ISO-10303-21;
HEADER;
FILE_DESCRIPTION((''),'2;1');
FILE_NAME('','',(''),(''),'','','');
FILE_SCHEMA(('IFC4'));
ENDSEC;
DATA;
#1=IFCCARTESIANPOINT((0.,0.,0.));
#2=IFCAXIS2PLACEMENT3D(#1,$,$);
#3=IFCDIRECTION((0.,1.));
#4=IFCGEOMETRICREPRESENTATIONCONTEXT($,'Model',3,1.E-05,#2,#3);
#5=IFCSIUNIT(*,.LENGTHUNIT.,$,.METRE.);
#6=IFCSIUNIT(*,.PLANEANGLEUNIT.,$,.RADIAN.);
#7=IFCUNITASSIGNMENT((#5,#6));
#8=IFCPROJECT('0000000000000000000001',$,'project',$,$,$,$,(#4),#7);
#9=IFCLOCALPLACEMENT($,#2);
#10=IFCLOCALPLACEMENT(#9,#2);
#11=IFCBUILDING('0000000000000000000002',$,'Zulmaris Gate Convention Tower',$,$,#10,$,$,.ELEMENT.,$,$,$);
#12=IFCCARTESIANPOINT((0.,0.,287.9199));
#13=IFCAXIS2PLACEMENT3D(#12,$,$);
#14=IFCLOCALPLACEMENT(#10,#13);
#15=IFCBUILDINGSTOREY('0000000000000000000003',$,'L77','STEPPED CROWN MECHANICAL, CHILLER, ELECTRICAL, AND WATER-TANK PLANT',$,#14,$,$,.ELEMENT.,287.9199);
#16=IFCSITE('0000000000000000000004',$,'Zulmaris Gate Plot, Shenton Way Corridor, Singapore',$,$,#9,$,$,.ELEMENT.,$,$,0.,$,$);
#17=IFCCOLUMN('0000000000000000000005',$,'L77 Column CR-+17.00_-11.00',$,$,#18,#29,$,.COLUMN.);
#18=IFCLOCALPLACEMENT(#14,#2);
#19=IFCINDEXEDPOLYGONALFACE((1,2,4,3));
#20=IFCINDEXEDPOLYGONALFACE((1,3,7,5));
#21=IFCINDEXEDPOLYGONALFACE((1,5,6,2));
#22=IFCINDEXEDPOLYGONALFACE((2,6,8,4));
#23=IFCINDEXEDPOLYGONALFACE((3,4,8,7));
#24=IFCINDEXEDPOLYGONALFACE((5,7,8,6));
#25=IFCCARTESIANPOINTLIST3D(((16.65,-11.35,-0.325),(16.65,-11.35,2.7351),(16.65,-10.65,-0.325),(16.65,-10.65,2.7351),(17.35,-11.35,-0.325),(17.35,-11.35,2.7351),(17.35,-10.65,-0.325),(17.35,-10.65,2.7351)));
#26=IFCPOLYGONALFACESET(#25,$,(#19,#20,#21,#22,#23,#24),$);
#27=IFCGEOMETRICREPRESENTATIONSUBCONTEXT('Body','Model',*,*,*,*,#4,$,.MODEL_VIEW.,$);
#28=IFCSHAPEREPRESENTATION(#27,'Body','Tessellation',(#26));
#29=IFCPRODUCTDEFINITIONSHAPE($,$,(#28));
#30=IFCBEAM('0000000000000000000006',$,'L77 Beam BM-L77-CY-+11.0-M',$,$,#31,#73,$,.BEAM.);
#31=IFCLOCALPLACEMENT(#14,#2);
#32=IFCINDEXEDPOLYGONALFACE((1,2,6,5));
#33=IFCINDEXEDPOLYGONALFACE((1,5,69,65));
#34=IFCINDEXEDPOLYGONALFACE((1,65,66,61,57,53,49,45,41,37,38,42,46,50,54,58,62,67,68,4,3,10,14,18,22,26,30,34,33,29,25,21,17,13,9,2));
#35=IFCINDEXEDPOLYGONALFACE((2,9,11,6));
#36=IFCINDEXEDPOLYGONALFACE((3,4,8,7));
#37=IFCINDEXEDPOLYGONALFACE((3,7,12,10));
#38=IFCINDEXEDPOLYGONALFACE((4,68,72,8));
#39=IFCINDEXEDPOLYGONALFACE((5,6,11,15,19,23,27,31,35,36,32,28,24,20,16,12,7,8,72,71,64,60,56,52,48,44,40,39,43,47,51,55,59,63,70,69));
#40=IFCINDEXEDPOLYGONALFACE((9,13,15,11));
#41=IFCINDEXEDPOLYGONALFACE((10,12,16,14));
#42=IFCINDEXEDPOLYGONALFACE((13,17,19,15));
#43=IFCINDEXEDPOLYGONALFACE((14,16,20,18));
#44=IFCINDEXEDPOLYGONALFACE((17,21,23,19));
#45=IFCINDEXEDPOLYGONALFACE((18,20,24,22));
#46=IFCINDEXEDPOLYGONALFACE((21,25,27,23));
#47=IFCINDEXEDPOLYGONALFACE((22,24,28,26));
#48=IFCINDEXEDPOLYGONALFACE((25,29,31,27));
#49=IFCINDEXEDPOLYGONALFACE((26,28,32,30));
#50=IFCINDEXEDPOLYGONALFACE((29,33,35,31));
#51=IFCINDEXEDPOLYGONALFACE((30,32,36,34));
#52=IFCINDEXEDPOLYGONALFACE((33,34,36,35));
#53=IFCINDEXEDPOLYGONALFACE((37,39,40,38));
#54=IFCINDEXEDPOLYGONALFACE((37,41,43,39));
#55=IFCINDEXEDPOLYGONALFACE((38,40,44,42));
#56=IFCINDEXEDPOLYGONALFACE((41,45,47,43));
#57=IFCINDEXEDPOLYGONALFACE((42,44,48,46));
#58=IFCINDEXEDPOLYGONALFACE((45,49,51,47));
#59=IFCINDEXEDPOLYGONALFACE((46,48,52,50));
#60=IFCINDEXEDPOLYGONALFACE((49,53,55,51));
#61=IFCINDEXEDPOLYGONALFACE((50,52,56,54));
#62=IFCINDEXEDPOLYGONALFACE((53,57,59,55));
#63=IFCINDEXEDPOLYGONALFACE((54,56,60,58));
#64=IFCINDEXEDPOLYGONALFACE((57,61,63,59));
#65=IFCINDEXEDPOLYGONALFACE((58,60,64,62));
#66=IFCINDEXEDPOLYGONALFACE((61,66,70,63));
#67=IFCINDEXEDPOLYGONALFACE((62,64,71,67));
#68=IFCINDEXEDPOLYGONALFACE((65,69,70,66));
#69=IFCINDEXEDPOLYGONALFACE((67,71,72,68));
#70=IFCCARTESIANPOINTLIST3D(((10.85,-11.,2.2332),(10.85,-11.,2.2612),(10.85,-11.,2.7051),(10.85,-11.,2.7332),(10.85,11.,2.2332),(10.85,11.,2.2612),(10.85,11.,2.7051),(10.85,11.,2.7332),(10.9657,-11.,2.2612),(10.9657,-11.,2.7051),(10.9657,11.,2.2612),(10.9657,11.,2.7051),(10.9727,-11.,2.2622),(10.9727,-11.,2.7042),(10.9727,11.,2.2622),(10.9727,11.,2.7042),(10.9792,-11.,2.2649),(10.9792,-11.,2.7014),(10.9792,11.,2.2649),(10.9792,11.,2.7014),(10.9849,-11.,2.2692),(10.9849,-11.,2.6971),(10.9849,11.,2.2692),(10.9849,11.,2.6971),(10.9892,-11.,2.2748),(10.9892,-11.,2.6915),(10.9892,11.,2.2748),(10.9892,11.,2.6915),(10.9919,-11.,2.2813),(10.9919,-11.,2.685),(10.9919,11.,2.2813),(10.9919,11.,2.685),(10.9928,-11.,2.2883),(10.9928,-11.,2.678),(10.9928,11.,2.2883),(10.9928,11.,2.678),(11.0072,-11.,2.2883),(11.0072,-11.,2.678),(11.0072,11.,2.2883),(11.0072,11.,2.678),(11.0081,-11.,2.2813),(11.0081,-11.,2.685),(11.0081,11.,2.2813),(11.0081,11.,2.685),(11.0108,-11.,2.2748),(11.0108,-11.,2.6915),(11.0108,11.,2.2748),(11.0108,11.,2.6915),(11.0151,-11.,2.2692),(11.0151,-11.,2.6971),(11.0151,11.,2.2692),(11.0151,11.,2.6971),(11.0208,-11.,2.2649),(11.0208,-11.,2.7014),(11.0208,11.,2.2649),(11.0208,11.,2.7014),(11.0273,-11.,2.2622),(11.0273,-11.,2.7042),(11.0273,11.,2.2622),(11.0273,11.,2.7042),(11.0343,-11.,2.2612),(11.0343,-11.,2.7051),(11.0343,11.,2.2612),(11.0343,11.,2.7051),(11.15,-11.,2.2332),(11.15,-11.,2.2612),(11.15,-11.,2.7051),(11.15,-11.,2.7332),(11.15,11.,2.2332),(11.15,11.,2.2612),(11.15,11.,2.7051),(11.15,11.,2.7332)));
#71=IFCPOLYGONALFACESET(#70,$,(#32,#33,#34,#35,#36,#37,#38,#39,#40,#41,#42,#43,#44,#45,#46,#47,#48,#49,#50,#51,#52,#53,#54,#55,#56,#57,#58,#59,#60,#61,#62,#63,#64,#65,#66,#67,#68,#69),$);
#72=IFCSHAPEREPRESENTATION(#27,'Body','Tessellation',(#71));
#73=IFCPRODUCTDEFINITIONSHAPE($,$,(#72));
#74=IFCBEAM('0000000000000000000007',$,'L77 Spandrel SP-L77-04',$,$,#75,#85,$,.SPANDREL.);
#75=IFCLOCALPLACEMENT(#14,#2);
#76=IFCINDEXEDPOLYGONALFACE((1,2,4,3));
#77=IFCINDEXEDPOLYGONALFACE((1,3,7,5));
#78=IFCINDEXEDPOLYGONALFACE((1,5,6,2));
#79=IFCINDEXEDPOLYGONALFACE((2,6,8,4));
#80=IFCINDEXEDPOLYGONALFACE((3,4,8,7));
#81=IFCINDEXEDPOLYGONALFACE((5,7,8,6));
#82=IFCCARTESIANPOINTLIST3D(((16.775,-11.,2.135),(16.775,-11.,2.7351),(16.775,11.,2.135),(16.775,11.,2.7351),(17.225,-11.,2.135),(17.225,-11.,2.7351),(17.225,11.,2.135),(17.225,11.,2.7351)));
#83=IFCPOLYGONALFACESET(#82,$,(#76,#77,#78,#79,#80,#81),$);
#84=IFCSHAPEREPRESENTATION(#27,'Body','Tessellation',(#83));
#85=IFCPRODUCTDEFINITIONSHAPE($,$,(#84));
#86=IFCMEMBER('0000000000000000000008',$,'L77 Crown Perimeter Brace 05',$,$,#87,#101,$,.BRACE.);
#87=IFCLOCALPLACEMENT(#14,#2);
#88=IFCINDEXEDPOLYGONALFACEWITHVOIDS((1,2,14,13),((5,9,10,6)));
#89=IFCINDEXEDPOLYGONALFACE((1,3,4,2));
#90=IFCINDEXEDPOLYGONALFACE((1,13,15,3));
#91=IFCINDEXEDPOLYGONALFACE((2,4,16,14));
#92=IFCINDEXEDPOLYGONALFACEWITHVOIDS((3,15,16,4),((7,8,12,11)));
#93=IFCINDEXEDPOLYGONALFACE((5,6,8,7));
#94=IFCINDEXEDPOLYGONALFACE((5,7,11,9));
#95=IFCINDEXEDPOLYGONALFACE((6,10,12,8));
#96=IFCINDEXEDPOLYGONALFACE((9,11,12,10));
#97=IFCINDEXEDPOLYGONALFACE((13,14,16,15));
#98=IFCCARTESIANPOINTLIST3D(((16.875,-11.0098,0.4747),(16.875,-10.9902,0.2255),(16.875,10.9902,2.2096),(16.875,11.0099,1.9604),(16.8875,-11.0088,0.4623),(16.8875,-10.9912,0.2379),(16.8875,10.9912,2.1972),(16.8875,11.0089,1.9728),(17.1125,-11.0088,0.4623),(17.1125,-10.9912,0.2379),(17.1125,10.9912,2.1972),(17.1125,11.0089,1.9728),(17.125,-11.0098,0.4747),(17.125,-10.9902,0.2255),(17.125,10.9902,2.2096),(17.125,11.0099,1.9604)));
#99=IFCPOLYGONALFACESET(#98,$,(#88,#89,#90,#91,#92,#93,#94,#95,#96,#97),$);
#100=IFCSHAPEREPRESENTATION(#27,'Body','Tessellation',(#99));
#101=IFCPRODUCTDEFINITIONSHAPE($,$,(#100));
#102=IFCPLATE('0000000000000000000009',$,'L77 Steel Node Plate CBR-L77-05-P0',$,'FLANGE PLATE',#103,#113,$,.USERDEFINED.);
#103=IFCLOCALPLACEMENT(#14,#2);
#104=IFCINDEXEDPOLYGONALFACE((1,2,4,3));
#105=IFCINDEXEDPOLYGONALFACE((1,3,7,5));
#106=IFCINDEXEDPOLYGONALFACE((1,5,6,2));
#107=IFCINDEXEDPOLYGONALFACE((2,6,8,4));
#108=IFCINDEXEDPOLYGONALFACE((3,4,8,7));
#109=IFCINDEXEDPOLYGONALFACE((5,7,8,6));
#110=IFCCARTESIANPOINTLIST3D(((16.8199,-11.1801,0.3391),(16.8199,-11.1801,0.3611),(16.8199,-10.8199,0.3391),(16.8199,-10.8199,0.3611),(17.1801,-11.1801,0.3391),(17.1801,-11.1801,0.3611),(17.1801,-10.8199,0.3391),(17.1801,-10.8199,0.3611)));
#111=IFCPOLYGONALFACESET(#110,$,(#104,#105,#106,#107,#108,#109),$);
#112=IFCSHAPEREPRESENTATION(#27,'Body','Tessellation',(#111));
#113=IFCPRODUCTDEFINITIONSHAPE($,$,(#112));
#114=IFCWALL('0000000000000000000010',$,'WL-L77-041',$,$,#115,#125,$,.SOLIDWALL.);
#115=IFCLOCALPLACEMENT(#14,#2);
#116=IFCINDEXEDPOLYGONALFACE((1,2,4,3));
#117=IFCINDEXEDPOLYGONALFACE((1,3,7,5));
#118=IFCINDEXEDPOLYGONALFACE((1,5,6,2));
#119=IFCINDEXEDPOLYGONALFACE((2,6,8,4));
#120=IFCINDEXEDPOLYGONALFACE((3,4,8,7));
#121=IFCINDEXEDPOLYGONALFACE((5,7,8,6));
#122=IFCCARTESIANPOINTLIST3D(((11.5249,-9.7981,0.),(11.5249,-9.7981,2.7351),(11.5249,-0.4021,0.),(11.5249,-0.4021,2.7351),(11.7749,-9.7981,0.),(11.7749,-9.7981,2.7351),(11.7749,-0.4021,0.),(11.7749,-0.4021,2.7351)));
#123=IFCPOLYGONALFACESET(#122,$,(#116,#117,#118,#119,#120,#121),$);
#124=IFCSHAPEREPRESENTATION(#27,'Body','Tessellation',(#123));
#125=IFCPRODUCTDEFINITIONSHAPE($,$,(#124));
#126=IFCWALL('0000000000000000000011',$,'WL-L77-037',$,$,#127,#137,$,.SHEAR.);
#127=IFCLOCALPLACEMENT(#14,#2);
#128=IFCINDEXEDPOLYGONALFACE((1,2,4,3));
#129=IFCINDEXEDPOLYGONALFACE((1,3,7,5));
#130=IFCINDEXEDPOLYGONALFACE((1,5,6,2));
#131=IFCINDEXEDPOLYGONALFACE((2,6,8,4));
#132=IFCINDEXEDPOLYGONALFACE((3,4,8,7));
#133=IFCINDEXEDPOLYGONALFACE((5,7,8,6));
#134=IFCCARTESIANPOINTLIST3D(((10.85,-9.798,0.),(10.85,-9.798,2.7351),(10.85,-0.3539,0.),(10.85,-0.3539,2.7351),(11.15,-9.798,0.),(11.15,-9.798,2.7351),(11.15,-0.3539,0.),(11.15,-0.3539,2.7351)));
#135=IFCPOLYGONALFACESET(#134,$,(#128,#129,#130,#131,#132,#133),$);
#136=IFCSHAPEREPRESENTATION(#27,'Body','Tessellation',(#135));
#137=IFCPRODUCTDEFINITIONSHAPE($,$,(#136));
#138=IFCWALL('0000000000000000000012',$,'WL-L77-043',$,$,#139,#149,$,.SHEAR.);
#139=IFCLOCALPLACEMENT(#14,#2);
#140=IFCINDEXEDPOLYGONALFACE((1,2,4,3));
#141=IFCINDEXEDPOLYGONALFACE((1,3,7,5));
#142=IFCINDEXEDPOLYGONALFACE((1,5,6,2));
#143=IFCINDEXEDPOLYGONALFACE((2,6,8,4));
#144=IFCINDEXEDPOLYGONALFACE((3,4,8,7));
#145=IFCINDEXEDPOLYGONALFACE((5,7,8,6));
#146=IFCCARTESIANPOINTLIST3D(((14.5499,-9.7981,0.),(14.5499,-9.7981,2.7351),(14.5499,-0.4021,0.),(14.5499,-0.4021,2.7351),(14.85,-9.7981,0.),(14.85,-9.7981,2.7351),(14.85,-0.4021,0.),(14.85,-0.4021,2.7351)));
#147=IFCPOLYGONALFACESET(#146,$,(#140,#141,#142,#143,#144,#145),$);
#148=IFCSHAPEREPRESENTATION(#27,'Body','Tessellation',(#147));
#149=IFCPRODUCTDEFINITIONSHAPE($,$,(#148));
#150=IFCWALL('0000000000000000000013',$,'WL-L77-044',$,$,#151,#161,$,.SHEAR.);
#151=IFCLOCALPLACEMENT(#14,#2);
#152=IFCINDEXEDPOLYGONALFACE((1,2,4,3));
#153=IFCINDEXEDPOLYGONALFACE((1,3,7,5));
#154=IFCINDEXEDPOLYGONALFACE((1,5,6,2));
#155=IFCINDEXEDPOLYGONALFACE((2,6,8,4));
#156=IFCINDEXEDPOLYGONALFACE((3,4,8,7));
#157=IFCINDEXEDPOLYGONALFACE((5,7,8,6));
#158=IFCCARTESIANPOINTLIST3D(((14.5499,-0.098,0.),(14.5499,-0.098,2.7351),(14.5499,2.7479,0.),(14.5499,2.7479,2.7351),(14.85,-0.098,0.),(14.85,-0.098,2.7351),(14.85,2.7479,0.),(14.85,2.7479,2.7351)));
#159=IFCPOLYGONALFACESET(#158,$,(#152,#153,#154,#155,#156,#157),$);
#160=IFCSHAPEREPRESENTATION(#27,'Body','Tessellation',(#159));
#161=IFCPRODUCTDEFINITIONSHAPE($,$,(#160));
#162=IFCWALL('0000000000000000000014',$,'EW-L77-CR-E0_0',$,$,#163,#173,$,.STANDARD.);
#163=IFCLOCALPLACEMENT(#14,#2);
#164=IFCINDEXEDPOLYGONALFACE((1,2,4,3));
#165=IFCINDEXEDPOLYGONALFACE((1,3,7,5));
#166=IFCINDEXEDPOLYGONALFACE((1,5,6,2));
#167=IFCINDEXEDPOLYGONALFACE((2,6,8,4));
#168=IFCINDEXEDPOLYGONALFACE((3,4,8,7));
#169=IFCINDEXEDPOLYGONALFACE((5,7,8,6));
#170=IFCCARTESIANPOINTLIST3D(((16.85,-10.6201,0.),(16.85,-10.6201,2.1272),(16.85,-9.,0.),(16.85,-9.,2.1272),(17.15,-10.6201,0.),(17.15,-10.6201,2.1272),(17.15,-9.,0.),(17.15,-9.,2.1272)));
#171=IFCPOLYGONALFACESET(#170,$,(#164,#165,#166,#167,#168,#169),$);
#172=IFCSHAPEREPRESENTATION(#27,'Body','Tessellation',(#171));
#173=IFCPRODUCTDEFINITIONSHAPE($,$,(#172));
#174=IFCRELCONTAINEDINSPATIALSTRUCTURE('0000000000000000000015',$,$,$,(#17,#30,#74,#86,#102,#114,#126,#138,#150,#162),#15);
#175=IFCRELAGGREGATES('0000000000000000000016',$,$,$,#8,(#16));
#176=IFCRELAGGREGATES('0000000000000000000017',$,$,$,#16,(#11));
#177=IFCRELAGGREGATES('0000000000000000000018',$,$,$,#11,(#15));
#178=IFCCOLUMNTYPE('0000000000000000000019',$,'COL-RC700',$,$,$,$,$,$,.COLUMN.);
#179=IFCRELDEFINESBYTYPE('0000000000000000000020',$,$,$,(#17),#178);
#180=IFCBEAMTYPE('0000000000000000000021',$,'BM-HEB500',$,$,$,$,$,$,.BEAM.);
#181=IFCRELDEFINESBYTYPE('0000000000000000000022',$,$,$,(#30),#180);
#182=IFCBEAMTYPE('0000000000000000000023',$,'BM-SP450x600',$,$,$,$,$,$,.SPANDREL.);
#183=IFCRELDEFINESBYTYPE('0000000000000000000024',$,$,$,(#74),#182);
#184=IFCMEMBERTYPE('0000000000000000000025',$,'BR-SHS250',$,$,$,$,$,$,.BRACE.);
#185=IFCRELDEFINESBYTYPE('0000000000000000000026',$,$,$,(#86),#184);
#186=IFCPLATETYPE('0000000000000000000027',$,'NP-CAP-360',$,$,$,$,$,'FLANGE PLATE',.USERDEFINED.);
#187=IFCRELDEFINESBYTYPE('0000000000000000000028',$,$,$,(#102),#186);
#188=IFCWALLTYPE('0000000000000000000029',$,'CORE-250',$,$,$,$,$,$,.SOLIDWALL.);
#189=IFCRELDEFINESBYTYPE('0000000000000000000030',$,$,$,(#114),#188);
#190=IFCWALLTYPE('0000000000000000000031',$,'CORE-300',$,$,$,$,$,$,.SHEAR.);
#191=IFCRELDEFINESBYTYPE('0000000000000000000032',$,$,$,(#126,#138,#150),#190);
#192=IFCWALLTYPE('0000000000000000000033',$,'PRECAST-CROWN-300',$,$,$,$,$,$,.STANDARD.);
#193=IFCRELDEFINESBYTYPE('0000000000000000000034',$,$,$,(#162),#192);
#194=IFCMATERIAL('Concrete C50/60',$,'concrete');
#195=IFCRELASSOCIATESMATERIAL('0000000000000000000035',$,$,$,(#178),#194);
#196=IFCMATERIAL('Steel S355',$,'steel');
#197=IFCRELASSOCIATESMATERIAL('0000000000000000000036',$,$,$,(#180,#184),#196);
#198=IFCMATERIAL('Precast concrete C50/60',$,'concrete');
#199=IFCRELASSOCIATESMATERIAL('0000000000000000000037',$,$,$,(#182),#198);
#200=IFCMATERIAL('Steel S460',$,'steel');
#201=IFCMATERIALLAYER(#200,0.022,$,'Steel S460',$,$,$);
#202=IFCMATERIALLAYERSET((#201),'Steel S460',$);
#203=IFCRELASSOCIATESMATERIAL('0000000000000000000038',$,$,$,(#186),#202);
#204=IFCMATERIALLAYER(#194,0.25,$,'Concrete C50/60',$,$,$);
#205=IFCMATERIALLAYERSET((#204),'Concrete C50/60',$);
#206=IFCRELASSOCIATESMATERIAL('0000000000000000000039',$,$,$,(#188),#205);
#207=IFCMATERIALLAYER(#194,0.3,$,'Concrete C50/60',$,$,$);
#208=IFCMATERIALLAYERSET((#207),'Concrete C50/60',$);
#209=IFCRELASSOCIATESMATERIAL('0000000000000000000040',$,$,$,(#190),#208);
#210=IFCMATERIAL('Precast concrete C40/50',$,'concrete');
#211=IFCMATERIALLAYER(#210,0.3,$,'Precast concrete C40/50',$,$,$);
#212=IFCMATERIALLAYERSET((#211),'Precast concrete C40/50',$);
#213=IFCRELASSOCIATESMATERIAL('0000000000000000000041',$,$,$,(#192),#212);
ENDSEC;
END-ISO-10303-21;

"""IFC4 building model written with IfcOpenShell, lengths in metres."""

from ifc_helpers import new_model, si_unit, direction, frame, frame_2d, origin, origin_2d, place, context, subcontext, project, spatial, rectangle, hollow_rectangle, i_section, extrude, material, layer, layer_set, material_profile, profile_set, type_object, element, save


model = new_model("IFC4")

# Units and contexts
model_context = context("Model", 3, precision=1e-05, world=origin(), true_north=direction((0.0, 1.0)))
body_context = subcontext(model_context, "Body", "Model", "MODEL_VIEW")
ifc_project = project(units=[si_unit("LENGTHUNIT", "METRE"), si_unit("PLANEANGLEUNIT", "RADIAN")], contexts=[model_context])

# Site, building, storey
site_placement = place(None, origin())
site = spatial("IfcSite", under=ifc_project, at=site_placement, Name="Zulmaris Gate Plot, Shenton Way Corridor, Singapore", CompositionType="ELEMENT", RefElevation=0.0)
building_placement = place(site_placement, origin())
building = spatial("IfcBuilding", under=site, at=building_placement, Name="Zulmaris Gate Convention Tower", CompositionType="ELEMENT")
storey_placement = place(building_placement, frame((0.0, 0.0, 287.9199)))
storey = spatial("IfcBuildingStorey", under=building, at=storey_placement, Name="L77", Description="STEPPED CROWN MECHANICAL, CHILLER, ELECTRICAL, AND WATER-TANK PLANT", CompositionType="ELEMENT", Elevation=287.9199)

# Column
ifc_material_1 = material(Name="Concrete C50/60", Category="concrete")
ifc_material_profile_1 = material_profile(ifc_material_1, rectangle(XDim=0.7, YDim=0.7, at=origin_2d()), Name="RC COL 700x700")
ifc_profile_set_1 = profile_set([ifc_material_profile_1], Name="Concrete C50/60")
column_type = type_object("IfcColumnType", Name="COL-RC700", PredefinedType="COLUMN", material=ifc_profile_set_1)
column_placement = place(storey_placement, frame((17.0, -11.0, -0.325), z_axis=(0.0, 0.0, 1.0), x_axis=(1.0, 0.0, 0.0)))
element("IfcColumn", 1, at=column_placement, inside=storey, type_object=column_type, Name="L77 Column CR-+17.00_-11.00", PredefinedType="COLUMN", context=body_context, shape_type="SweptSolid", body=[
    extrude(rectangle(XDim=0.7, YDim=0.7, at=origin_2d()), origin(), (0.0, 0.0, 1.0), 3.0601),
])

# Beams
ifc_material_2 = material(Name="Steel S355", Category="steel")
ifc_material_profile_2 = material_profile(ifc_material_2, i_section(OverallWidth=0.3, OverallDepth=0.5, WebThickness=0.0144, FlangeThickness=0.0281, FilletRadius=0.0271, at=origin_2d()), Name="HEB 500")
ifc_profile_set_2 = profile_set([ifc_material_profile_2], Name="Steel S355")
beam_type_1 = type_object("IfcBeamType", Name="BM-HEB500", PredefinedType="BEAM", material=ifc_profile_set_2)
beam_1_placement = place(storey_placement, frame((11.0, -11.0, 2.4832), z_axis=(0.0, 1.0, 0.0), x_axis=(-1.0, 0.0, 0.0)))
element("IfcBeam", 2, at=beam_1_placement, inside=storey, type_object=beam_type_1, Name="L77 Beam BM-L77-CY-+11.0-M", PredefinedType="BEAM", context=body_context, shape_type="SweptSolid", body=[
    extrude(i_section(OverallWidth=0.3, OverallDepth=0.5, WebThickness=0.0144, FlangeThickness=0.0281, FilletRadius=0.0271, at=origin_2d()), origin(), (0.0, 0.0, 1.0), 22.0),
])
ifc_material_3 = material(Name="Precast concrete C50/60", Category="concrete")
ifc_material_profile_3 = material_profile(ifc_material_3, rectangle(XDim=0.45, YDim=0.6001, at=origin_2d()), Name="RC SPANDREL 450x600")
ifc_profile_set_3 = profile_set([ifc_material_profile_3], Name="Precast concrete C50/60")
beam_type_2 = type_object("IfcBeamType", Name="BM-SP450x600", PredefinedType="SPANDREL", material=ifc_profile_set_3)
beam_2_placement = place(storey_placement, frame((17.0, -11.0, 2.4351), z_axis=(0.0, 1.0, 0.0), x_axis=(-1.0, 0.0, 0.0)))
element("IfcBeam", 3, at=beam_2_placement, inside=storey, type_object=beam_type_2, Name="L77 Spandrel SP-L77-04", PredefinedType="SPANDREL", context=body_context, shape_type="SweptSolid", body=[
    extrude(rectangle(XDim=0.45, YDim=0.6001, at=origin_2d()), origin(), (0.0, 0.0, 1.0), 22.0),
])

# Member
ifc_material_profile_4 = material_profile(ifc_material_2, hollow_rectangle(XDim=0.25, YDim=0.25, WallThickness=0.0125, at=origin_2d()), Name="SHS 250x250x12.5")
ifc_profile_set_4 = profile_set([ifc_material_profile_4], Name="Steel S355")
member_type = type_object("IfcMemberType", Name="BR-SHS250", PredefinedType="BRACE", material=ifc_profile_set_4)
member_placement = place(storey_placement, frame((17.0, -11.0, 0.3501), z_axis=(0.0, 0.996905, 0.078613), x_axis=(-1.0, 0.0, 0.0)))
element("IfcMember", 4, at=member_placement, inside=storey, type_object=member_type, Name="L77 Crown Perimeter Brace 05", PredefinedType="BRACE", context=body_context, shape_type="SweptSolid", body=[
    extrude(hollow_rectangle(XDim=0.25, YDim=0.25, WallThickness=0.0125, at=origin_2d()), origin(), (0.0, 0.0, 1.0), 22.0684),
])

# Plate
ifc_material_4 = material(Name="Steel S460", Category="steel")
ifc_layer_1 = layer(ifc_material_4, 0.022, Name="Steel S460")
ifc_layer_set_1 = layer_set([ifc_layer_1], Name="Steel S460")
plate_type = type_object("IfcPlateType", Name="NP-CAP-360", ElementType="FLANGE PLATE", PredefinedType="USERDEFINED", material=ifc_layer_set_1)
plate_placement = place(storey_placement, frame((17.0, -11.0, 0.3391), z_axis=(0.0, 0.0, 1.0), x_axis=(1.0, 0.0, 0.0)))
element("IfcPlate", 5, at=plate_placement, inside=storey, type_object=plate_type, Name="L77 Steel Node Plate CBR-L77-05-P0", ObjectType="FLANGE PLATE", PredefinedType="USERDEFINED", context=body_context, shape_type="SweptSolid", body=[
    extrude(rectangle(XDim=0.3601, YDim=0.3601, at=origin_2d()), origin(), (0.0, 0.0, 1.0), 0.022),
])

# Wall
ifc_layer_2 = layer(ifc_material_1, 0.25, Name="Concrete C50/60")
ifc_layer_set_2 = layer_set([ifc_layer_2], Name="Concrete C50/60")
wall_type_1 = type_object("IfcWallType", Name="CORE-250", PredefinedType="SOLIDWALL", material=ifc_layer_set_2)
wall_1_placement = place(storey_placement, frame((11.6499, -9.7981, 0.0), z_axis=(0.0, 0.0, 1.0), x_axis=(0.0, 1.0, 0.0)))
element("IfcWall", 6, at=wall_1_placement, inside=storey, type_object=wall_type_1, Name="WL-L77-041", PredefinedType="SOLIDWALL", context=body_context, shape_type="SweptSolid", body=[
    extrude(rectangle(XDim=9.396, YDim=0.25, at=frame_2d((4.698, 0.0))), origin(), (0.0, 0.0, 1.0), 2.7351),
])

# Shared definitions
ifc_layer_3 = layer(ifc_material_1, 0.3, Name="Concrete C50/60")
ifc_layer_set_3 = layer_set([ifc_layer_3], Name="Concrete C50/60")
wall_type_2 = type_object("IfcWallType", Name="CORE-300", PredefinedType="SHEAR", material=ifc_layer_set_3)

# Walls
wall_2_placement = place(storey_placement, frame((11.0, -9.7981, 0.0), z_axis=(0.0, 0.0, 1.0), x_axis=(0.0, 1.0, 0.0)))
element("IfcWall", 7, at=wall_2_placement, inside=storey, type_object=wall_type_2, Name="WL-L77-037", PredefinedType="SHEAR", context=body_context, shape_type="SweptSolid", body=[
    extrude(rectangle(XDim=9.4441, YDim=0.3, at=frame_2d((4.7222, 0.0))), origin(), (0.0, 0.0, 1.0), 2.7351),
])
wall_3_placement = place(storey_placement, frame((14.7, -9.7981, 0.0), z_axis=(0.0, 0.0, 1.0), x_axis=(0.0, 1.0, 0.0)))
element("IfcWall", 8, at=wall_3_placement, inside=storey, type_object=wall_type_2, Name="WL-L77-043", PredefinedType="SHEAR", context=body_context, shape_type="SweptSolid", body=[
    extrude(rectangle(XDim=9.396, YDim=0.3, at=frame_2d((4.698, 0.0))), origin(), (0.0, 0.0, 1.0), 2.7351),
])
wall_4_placement = place(storey_placement, frame((14.7, -0.0979, 0.0), z_axis=(0.0, 0.0, 1.0), x_axis=(0.0, 1.0, 0.0)))
element("IfcWall", 9, at=wall_4_placement, inside=storey, type_object=wall_type_2, Name="WL-L77-044", PredefinedType="SHEAR", context=body_context, shape_type="SweptSolid", body=[
    extrude(rectangle(XDim=2.8459, YDim=0.3, at=frame_2d((1.4229, 0.0))), origin(), (0.0, 0.0, 1.0), 2.7351),
])
ifc_material_5 = material(Name="Precast concrete C40/50", Category="concrete")
ifc_layer_4 = layer(ifc_material_5, 0.3, Name="Precast concrete C40/50")
ifc_layer_set_4 = layer_set([ifc_layer_4], Name="Precast concrete C40/50")
wall_type_3 = type_object("IfcWallType", Name="PRECAST-CROWN-300", PredefinedType="STANDARD", material=ifc_layer_set_4)
wall_5_placement = place(storey_placement, frame((17.0, -10.6201, 0.0), z_axis=(0.0, 0.0, 1.0), x_axis=(0.0, 1.0, 0.0)))
element("IfcWall", 10, at=wall_5_placement, inside=storey, type_object=wall_type_3, Name="EW-L77-CR-E0_0", PredefinedType="STANDARD", context=body_context, shape_type="SweptSolid", body=[
    extrude(rectangle(XDim=1.6201, YDim=0.3, at=frame_2d((0.8101, 0.0))), origin(), (0.0, 0.0, 1.0), 2.1272),
])

save(model, "model.ifc")
